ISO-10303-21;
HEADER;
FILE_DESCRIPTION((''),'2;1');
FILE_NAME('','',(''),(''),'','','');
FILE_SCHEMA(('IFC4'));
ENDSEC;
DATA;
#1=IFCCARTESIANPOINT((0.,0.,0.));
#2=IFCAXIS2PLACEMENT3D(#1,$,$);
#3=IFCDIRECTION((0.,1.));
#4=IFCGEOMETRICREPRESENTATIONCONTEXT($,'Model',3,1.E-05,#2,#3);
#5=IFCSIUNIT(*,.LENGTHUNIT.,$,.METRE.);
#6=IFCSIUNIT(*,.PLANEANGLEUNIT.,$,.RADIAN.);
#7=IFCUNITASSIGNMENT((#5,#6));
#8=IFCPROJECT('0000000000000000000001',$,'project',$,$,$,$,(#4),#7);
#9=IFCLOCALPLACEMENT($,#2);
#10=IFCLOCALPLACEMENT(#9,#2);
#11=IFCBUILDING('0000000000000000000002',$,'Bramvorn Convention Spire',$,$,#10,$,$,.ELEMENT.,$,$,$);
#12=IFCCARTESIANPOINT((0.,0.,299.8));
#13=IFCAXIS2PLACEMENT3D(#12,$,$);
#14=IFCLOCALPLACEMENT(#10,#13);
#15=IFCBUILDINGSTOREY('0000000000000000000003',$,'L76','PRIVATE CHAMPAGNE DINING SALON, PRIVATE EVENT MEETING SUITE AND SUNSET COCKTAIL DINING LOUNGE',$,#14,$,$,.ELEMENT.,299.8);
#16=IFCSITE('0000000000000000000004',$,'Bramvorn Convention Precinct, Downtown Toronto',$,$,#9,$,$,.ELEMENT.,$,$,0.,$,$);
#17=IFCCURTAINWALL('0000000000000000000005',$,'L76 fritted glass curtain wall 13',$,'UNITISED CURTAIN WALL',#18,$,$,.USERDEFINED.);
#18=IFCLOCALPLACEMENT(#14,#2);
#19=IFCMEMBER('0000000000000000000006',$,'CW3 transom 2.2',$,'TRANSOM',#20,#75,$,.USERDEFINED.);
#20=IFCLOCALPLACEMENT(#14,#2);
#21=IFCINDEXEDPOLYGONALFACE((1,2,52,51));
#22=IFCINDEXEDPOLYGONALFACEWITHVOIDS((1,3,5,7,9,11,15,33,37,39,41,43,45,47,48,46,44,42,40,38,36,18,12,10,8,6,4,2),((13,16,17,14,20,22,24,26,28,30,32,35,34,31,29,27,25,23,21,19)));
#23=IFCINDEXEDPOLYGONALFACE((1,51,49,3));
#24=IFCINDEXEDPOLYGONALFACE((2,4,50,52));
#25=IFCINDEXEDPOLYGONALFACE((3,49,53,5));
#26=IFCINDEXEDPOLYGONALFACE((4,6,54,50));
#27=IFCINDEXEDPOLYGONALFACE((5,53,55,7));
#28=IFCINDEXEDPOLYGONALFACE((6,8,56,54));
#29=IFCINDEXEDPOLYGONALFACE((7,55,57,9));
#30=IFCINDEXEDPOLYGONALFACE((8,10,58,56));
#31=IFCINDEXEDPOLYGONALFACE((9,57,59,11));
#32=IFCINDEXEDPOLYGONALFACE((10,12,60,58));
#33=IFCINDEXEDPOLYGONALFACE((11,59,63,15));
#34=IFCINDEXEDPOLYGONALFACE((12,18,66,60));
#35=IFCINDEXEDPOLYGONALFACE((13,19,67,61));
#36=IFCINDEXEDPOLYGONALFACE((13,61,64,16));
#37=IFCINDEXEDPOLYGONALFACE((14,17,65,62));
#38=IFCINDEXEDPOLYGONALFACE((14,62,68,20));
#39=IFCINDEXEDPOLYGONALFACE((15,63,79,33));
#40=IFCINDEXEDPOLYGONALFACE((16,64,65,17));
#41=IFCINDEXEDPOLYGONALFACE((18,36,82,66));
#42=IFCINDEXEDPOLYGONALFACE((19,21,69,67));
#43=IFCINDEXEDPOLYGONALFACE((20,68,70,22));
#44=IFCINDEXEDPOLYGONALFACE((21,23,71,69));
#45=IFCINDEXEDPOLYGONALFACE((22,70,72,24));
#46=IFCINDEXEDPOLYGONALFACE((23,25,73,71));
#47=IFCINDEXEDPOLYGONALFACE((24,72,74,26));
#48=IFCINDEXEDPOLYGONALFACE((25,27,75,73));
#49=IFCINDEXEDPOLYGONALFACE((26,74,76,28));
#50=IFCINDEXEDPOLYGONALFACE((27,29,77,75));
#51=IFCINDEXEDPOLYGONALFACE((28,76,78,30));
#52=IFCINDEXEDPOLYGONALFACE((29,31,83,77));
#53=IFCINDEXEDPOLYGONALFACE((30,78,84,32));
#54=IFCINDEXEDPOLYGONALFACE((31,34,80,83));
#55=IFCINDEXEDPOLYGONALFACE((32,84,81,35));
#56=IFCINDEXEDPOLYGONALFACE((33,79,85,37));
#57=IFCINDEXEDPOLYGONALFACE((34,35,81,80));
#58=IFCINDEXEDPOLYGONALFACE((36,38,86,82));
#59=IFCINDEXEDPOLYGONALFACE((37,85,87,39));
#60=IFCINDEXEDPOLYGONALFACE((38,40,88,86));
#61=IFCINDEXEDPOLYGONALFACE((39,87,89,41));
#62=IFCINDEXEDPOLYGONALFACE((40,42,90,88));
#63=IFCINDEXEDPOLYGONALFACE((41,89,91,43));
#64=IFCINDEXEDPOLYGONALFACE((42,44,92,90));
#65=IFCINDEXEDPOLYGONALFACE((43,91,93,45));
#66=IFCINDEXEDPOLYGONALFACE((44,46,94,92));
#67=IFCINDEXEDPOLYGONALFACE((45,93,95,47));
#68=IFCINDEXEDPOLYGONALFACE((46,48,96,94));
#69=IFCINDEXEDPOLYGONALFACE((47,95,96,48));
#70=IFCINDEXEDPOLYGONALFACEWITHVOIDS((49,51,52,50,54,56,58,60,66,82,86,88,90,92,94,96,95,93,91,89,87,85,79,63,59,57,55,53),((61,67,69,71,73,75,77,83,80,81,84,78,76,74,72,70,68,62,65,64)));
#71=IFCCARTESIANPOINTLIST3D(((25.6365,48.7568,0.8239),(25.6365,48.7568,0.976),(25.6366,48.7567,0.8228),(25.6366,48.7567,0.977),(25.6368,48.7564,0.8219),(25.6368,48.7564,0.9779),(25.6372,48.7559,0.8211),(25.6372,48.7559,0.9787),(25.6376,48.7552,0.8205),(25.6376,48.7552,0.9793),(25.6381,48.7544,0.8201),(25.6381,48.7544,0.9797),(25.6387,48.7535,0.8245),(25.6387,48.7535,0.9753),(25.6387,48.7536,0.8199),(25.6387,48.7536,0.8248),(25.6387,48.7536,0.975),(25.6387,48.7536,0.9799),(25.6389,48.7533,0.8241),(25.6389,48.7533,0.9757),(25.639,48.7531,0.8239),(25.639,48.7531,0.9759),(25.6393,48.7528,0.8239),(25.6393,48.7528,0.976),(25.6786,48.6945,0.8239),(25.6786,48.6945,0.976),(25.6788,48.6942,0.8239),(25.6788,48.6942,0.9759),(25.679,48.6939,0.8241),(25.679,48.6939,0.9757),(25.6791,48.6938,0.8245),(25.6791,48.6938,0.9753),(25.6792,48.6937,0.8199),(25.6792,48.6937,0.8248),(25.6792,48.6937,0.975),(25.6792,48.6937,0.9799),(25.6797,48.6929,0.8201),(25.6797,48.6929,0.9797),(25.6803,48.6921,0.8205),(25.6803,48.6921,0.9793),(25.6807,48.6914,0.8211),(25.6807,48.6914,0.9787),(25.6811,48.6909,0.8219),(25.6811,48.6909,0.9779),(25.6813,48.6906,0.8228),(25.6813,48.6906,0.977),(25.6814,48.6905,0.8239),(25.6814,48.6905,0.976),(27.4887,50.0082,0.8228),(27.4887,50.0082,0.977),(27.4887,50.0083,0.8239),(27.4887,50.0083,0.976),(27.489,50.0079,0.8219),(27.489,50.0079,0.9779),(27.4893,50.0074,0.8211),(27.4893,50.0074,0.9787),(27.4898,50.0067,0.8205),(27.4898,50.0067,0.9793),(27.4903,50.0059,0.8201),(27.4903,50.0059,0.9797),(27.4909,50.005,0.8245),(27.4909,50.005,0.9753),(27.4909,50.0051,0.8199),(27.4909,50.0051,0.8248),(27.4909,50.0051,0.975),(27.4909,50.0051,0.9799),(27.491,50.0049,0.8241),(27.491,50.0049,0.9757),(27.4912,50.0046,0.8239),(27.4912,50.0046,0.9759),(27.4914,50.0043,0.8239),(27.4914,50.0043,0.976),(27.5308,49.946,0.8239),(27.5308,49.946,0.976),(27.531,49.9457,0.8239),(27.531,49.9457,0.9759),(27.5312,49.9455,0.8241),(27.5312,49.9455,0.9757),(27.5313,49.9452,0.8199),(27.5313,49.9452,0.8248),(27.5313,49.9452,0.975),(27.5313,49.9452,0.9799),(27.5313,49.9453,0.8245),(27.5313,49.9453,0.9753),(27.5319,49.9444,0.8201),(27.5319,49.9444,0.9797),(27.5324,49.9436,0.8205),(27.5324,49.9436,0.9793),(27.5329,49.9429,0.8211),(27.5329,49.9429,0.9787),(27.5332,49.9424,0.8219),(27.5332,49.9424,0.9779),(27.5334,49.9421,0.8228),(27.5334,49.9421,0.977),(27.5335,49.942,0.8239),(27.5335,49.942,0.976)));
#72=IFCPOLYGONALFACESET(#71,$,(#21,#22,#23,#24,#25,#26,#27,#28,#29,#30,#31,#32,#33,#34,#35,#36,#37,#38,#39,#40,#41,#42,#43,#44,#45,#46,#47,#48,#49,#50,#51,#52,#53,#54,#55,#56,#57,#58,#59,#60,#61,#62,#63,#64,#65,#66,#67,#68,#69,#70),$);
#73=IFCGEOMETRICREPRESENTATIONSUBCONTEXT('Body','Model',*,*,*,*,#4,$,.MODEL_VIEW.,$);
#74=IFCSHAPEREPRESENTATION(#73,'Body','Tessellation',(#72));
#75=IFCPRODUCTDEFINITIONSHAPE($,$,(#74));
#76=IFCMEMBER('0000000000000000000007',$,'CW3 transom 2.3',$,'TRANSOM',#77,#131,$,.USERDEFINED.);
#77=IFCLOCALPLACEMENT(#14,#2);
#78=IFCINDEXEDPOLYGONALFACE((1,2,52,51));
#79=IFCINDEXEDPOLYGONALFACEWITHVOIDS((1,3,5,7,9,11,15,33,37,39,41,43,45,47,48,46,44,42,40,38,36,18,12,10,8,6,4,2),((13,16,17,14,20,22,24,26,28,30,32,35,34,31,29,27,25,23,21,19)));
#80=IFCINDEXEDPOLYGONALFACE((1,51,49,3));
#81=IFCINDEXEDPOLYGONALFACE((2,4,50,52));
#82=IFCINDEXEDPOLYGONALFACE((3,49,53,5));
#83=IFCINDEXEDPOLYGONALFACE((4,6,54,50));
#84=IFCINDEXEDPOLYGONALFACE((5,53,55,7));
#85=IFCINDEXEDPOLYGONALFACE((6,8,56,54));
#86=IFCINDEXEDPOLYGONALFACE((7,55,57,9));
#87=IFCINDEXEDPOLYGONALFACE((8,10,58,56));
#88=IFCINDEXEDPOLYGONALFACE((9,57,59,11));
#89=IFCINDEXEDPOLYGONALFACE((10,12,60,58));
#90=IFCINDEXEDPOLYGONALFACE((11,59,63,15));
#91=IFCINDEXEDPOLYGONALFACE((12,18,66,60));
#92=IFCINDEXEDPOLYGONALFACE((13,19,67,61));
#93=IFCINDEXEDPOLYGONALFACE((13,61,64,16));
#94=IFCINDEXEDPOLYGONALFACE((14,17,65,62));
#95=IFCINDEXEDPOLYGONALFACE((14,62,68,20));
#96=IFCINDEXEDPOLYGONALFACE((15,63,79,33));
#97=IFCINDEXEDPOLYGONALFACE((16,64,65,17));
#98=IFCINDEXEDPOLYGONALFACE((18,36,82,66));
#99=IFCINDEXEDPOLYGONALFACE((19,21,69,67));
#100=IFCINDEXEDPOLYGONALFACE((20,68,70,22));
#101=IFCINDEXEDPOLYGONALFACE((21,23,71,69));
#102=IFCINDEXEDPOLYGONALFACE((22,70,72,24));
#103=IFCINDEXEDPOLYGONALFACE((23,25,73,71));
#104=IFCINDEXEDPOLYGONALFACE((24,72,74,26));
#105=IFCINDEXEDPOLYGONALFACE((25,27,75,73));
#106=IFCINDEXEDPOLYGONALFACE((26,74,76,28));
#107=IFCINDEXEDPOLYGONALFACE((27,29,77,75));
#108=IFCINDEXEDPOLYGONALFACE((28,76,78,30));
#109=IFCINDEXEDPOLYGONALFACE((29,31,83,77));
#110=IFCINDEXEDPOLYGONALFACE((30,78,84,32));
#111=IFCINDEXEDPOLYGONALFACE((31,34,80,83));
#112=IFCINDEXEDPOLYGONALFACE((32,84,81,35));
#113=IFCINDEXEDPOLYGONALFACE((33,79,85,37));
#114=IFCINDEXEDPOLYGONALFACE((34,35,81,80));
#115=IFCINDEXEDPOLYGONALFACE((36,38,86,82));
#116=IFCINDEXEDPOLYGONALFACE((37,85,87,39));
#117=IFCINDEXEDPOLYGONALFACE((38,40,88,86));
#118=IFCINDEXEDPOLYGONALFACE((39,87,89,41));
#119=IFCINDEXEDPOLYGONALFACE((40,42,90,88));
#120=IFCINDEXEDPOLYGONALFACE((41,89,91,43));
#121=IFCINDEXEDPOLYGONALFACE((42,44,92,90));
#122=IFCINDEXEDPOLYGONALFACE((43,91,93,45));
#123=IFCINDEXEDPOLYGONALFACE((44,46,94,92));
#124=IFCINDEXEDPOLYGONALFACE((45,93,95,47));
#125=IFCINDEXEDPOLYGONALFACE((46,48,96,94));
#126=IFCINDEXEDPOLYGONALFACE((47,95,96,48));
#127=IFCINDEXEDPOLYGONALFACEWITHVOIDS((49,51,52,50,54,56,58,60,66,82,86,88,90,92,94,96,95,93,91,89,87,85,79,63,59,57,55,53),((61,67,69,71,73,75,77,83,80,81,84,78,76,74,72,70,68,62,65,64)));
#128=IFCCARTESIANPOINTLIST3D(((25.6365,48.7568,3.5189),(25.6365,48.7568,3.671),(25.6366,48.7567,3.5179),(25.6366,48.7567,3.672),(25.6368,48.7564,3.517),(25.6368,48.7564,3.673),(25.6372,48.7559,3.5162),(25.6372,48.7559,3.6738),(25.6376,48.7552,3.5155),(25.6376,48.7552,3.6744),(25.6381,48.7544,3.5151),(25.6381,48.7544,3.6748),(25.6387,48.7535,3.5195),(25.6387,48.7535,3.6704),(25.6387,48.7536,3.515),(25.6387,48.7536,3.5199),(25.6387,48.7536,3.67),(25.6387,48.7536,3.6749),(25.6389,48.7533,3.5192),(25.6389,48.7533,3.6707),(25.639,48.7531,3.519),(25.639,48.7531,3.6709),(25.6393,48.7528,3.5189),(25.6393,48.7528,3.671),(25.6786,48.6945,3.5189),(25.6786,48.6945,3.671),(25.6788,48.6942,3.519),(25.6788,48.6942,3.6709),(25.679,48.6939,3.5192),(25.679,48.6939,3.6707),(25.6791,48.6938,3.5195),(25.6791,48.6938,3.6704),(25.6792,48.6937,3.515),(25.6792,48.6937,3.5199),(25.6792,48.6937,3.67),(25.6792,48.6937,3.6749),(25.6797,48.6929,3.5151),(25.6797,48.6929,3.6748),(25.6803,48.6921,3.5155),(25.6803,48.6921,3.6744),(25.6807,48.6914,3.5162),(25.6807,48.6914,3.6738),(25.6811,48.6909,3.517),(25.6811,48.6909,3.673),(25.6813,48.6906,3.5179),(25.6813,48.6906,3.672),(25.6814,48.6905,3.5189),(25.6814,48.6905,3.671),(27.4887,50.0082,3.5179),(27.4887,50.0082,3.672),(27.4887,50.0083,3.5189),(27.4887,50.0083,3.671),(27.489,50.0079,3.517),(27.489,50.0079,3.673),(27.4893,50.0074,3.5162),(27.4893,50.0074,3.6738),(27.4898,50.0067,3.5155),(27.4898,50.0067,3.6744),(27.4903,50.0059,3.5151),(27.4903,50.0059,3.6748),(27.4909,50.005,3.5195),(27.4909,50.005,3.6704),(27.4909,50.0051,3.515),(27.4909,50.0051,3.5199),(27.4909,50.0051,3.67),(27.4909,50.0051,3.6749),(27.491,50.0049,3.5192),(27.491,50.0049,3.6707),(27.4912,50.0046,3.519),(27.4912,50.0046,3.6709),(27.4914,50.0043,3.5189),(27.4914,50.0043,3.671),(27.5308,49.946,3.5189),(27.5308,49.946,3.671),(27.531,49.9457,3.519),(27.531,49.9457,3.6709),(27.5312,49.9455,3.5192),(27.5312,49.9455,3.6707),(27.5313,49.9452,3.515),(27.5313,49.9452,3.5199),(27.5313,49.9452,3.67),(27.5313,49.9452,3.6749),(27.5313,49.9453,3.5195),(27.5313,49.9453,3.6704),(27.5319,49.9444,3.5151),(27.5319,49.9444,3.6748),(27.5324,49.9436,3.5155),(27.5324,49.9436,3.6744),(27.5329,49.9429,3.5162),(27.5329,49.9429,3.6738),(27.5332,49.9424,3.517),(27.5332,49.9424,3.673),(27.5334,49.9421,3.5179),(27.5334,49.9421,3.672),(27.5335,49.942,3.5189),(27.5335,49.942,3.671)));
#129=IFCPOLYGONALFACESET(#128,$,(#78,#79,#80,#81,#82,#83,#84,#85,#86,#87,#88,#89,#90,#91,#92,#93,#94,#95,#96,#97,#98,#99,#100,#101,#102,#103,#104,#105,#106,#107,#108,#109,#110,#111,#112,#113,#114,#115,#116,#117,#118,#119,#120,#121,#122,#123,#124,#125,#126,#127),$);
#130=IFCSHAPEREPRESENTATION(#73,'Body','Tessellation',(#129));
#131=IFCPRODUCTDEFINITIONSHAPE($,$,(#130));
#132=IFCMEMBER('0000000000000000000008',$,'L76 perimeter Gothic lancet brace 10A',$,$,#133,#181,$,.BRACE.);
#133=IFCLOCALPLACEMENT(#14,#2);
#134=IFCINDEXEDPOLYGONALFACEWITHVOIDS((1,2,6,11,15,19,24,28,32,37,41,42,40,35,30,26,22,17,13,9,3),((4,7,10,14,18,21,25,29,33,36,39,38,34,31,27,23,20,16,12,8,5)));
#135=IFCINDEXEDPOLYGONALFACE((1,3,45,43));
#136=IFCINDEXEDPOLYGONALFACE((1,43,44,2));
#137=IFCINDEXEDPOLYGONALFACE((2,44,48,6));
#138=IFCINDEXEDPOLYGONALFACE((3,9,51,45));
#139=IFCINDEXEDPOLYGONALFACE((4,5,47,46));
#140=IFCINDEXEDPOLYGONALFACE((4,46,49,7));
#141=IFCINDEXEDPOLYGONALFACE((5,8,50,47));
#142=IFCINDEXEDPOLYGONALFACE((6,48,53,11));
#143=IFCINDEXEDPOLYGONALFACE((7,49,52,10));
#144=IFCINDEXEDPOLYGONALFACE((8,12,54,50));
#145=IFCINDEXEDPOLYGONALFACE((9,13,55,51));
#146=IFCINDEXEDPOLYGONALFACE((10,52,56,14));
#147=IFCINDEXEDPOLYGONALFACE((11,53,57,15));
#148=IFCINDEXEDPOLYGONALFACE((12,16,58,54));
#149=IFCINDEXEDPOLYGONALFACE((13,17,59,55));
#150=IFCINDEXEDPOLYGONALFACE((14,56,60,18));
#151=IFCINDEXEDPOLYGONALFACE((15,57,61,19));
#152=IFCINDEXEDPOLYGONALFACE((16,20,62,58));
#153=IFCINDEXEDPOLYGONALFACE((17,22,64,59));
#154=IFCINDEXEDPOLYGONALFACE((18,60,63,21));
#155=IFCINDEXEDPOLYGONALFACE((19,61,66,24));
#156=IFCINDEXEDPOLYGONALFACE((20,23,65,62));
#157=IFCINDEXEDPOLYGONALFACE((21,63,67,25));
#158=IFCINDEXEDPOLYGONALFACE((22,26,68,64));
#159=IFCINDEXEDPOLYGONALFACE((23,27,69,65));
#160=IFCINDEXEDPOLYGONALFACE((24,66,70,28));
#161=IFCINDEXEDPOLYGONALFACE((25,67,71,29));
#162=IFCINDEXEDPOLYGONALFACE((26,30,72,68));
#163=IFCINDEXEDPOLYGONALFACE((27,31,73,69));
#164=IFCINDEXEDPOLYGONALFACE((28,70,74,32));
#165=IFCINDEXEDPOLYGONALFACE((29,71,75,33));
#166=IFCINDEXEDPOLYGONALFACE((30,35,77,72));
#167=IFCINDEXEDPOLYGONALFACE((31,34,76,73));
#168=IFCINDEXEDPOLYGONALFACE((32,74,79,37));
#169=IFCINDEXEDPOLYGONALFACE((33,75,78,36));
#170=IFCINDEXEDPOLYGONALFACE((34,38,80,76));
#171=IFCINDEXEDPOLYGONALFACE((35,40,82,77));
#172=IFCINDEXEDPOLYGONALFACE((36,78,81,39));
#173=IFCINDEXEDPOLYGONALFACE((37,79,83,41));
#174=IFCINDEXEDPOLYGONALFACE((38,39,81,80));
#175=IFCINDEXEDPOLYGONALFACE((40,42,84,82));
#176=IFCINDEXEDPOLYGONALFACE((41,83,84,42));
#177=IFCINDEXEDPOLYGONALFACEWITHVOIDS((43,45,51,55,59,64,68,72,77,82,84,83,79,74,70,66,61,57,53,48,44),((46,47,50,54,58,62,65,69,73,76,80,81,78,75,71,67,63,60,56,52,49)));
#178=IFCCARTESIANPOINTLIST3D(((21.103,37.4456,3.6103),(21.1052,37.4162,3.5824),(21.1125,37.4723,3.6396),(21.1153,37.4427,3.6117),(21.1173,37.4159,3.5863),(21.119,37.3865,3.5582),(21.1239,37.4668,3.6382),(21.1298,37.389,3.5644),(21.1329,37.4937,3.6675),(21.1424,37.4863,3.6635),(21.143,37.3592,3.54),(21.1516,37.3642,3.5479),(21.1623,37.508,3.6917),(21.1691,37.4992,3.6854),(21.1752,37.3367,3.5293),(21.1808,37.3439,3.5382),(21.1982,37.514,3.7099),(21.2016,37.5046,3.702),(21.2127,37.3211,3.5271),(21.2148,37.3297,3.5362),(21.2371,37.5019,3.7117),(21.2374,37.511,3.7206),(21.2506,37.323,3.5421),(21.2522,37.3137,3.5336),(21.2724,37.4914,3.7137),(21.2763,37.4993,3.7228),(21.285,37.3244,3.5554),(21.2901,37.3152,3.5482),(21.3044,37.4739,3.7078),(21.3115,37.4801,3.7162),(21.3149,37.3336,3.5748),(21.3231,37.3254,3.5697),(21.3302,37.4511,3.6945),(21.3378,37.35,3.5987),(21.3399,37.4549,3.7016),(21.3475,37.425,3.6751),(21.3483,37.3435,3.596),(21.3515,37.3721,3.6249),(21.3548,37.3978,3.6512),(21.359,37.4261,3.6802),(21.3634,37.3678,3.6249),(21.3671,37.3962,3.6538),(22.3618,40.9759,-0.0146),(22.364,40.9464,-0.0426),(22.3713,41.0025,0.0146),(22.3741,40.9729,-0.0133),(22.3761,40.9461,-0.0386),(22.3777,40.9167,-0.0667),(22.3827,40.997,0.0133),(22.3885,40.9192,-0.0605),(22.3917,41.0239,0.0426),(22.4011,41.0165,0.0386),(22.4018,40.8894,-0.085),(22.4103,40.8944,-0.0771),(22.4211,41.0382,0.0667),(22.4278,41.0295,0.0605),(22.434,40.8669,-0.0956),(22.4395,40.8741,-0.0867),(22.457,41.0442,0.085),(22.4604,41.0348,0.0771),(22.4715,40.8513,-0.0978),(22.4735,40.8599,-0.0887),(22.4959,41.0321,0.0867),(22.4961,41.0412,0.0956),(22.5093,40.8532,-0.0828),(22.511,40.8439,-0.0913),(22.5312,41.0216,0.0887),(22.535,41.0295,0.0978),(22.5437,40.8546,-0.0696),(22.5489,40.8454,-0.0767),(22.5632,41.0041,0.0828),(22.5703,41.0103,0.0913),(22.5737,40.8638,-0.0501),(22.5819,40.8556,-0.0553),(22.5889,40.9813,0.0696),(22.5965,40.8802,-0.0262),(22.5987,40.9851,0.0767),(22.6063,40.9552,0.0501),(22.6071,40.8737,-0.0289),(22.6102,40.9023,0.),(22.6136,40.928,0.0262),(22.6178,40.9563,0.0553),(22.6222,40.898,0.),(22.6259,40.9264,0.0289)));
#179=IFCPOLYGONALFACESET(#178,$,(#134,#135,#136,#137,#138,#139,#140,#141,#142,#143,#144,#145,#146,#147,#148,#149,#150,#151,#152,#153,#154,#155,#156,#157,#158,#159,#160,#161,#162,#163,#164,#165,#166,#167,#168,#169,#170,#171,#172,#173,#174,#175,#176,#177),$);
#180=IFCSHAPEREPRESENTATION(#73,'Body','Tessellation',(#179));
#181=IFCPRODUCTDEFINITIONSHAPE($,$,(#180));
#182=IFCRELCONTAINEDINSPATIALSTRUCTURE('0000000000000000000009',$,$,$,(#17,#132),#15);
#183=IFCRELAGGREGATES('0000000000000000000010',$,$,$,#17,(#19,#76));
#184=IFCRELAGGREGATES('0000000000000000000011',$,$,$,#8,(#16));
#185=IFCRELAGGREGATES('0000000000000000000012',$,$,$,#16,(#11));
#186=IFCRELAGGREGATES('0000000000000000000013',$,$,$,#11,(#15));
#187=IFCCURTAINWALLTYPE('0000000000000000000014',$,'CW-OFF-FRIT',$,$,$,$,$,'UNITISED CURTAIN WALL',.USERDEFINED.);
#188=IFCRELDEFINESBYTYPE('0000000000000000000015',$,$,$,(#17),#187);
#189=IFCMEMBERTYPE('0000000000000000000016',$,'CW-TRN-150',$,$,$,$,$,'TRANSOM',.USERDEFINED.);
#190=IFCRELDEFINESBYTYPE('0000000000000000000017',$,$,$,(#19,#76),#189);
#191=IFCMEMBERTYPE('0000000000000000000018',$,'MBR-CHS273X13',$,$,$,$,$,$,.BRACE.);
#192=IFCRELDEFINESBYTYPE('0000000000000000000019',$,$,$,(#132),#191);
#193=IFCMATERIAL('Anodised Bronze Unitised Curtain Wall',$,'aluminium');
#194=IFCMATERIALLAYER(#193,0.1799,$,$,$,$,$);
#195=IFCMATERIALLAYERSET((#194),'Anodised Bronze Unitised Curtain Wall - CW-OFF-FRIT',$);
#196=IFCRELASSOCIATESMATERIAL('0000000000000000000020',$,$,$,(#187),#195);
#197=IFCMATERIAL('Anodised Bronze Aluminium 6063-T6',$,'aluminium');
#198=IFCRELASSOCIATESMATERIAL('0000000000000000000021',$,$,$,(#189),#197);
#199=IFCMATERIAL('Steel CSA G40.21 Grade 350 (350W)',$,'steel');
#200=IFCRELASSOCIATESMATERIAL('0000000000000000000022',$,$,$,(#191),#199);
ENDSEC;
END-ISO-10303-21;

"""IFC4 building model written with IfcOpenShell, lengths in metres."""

from ifc_helpers import new_model, si_unit, direction, frame, origin, origin_2d, place, context, subcontext, project, spatial, hollow_rectangle, hollow_circle, extrude, material, layer, layer_set, material_profile, profile_set, type_object, element, aggregate, save


model = new_model("IFC4")

# Units and contexts
model_context = context("Model", 3, precision=1e-05, world=origin(), true_north=direction((0.0, 1.0)))
body_context = subcontext(model_context, "Body", "Model", "MODEL_VIEW")
ifc_project = project(units=[si_unit("LENGTHUNIT", "METRE"), si_unit("PLANEANGLEUNIT", "RADIAN")], contexts=[model_context])

# Site, building, storey
site_placement = place(None, origin())
site = spatial("IfcSite", under=ifc_project, at=site_placement, Name="Bramvorn Convention Precinct, Downtown Toronto", CompositionType="ELEMENT", RefElevation=0.0)
building_placement = place(site_placement, origin())
building = spatial("IfcBuilding", under=site, at=building_placement, Name="Bramvorn Convention Spire", CompositionType="ELEMENT")
storey_placement = place(building_placement, frame((0.0, 0.0, 299.8)))
storey = spatial("IfcBuildingStorey", under=building, at=storey_placement, Name="L76", Description="PRIVATE CHAMPAGNE DINING SALON, PRIVATE EVENT MEETING SUITE AND SUNSET COCKTAIL DINING LOUNGE", CompositionType="ELEMENT", Elevation=299.8)

# Shared definitions
ifc_material_1 = material(Name="Steel CSA G40.21 Grade 350 (350W)", Category="steel")

# Curtain wall
ifc_material_2 = material(Name="Anodised Bronze Unitised Curtain Wall", Category="aluminium")
ifc_layer_1 = layer(ifc_material_2, 0.1799)
ifc_layer_set_1 = layer_set([ifc_layer_1], Name="Anodised Bronze Unitised Curtain Wall - CW-OFF-FRIT")
curtain_wall_type = type_object("IfcCurtainWallType", Name="CW-OFF-FRIT", ElementType="UNITISED CURTAIN WALL", PredefinedType="USERDEFINED", material=ifc_layer_set_1)
ifc_material_3 = material(Name="Anodised Bronze Aluminium 6063-T6", Category="aluminium")
curtain_wall_1_placement = place(storey_placement, origin())
curtain_wall_1 = element("IfcCurtainWall", 1, at=curtain_wall_1_placement, inside=storey, type_object=curtain_wall_type, Name="L76 fritted glass curtain wall 13", ObjectType="UNITISED CURTAIN WALL", PredefinedType="USERDEFINED")

# Members
ifc_material_profile_1 = material_profile(ifc_material_3, hollow_rectangle(XDim=0.0801, YDim=0.1599, WallThickness=0.0039, InnerFilletRadius=0.001, OuterFilletRadius=0.0039, at=origin_2d()))
ifc_profile_set_1 = profile_set([ifc_material_profile_1], Name="Anodised Bronze Aluminium 6063-T6 - CWT80X160")
member_type_1 = type_object("IfcMemberType", Name="CW-TRN-150", ElementType="TRANSOM", PredefinedType="USERDEFINED", material=ifc_profile_set_1)
member_1_placement = place(storey_placement, frame((25.6589, 48.7236, 0.8999), z_axis=(0.828573, 0.559882, 0.0), x_axis=(-0.559882, 0.828573, 0.0)))
member_1 = element("IfcMember", 2, at=member_1_placement, type_object=member_type_1, Name="CW3 transom 2.2", ObjectType="TRANSOM", PredefinedType="USERDEFINED", context=body_context, shape_type="SweptSolid", body=[
    extrude(hollow_rectangle(XDim=0.0801, YDim=0.1599, WallThickness=0.0039, InnerFilletRadius=0.001, OuterFilletRadius=0.0039, at=origin_2d()), origin(), (0.0, 0.0, 1.0), 2.2354),
])
member_2_placement = place(storey_placement, frame((25.6589, 48.7236, 3.595), z_axis=(0.828573, 0.559882, 0.0), x_axis=(-0.559882, 0.828573, 0.0)))
member_2 = element("IfcMember", 3, at=member_2_placement, type_object=member_type_1, Name="CW3 transom 2.3", ObjectType="TRANSOM", PredefinedType="USERDEFINED", context=body_context, shape_type="SweptSolid", body=[
    extrude(hollow_rectangle(XDim=0.0801, YDim=0.1599, WallThickness=0.0039, InnerFilletRadius=0.001, OuterFilletRadius=0.0039, at=origin_2d()), origin(), (0.0, 0.0, 1.0), 2.2354),
])

# Member
ifc_material_profile_2 = material_profile(ifc_material_1, hollow_circle(Radius=0.1365, WallThickness=0.0127, at=origin_2d()))
ifc_profile_set_2 = profile_set([ifc_material_profile_2], Name="Steel CSA G40.21 Grade 350 (350W) - CHS273X13")
member_type_2 = type_object("IfcMemberType", Name="MBR-CHS273X13", PredefinedType="BRACE", material=ifc_profile_set_2)
member_3_placement = place(storey_placement, frame((22.4937, 40.9438, 0.0), z_axis=(-0.241415, -0.677048, 0.695215), x_axis=(0.941913, -0.335858, 0.0)))
element("IfcMember", 4, at=member_3_placement, inside=storey, type_object=member_type_2, Name="L76 perimeter Gothic lancet brace 10A", PredefinedType="BRACE", context=body_context, shape_type="SweptSolid", body=[
    extrude(hollow_circle(Radius=0.1365, WallThickness=0.0127, at=origin_2d()), origin(), (0.0, 0.0, 1.0), 5.2141),
])

aggregate(curtain_wall_1, [member_1, member_2])

save(model, "model.ifc")
